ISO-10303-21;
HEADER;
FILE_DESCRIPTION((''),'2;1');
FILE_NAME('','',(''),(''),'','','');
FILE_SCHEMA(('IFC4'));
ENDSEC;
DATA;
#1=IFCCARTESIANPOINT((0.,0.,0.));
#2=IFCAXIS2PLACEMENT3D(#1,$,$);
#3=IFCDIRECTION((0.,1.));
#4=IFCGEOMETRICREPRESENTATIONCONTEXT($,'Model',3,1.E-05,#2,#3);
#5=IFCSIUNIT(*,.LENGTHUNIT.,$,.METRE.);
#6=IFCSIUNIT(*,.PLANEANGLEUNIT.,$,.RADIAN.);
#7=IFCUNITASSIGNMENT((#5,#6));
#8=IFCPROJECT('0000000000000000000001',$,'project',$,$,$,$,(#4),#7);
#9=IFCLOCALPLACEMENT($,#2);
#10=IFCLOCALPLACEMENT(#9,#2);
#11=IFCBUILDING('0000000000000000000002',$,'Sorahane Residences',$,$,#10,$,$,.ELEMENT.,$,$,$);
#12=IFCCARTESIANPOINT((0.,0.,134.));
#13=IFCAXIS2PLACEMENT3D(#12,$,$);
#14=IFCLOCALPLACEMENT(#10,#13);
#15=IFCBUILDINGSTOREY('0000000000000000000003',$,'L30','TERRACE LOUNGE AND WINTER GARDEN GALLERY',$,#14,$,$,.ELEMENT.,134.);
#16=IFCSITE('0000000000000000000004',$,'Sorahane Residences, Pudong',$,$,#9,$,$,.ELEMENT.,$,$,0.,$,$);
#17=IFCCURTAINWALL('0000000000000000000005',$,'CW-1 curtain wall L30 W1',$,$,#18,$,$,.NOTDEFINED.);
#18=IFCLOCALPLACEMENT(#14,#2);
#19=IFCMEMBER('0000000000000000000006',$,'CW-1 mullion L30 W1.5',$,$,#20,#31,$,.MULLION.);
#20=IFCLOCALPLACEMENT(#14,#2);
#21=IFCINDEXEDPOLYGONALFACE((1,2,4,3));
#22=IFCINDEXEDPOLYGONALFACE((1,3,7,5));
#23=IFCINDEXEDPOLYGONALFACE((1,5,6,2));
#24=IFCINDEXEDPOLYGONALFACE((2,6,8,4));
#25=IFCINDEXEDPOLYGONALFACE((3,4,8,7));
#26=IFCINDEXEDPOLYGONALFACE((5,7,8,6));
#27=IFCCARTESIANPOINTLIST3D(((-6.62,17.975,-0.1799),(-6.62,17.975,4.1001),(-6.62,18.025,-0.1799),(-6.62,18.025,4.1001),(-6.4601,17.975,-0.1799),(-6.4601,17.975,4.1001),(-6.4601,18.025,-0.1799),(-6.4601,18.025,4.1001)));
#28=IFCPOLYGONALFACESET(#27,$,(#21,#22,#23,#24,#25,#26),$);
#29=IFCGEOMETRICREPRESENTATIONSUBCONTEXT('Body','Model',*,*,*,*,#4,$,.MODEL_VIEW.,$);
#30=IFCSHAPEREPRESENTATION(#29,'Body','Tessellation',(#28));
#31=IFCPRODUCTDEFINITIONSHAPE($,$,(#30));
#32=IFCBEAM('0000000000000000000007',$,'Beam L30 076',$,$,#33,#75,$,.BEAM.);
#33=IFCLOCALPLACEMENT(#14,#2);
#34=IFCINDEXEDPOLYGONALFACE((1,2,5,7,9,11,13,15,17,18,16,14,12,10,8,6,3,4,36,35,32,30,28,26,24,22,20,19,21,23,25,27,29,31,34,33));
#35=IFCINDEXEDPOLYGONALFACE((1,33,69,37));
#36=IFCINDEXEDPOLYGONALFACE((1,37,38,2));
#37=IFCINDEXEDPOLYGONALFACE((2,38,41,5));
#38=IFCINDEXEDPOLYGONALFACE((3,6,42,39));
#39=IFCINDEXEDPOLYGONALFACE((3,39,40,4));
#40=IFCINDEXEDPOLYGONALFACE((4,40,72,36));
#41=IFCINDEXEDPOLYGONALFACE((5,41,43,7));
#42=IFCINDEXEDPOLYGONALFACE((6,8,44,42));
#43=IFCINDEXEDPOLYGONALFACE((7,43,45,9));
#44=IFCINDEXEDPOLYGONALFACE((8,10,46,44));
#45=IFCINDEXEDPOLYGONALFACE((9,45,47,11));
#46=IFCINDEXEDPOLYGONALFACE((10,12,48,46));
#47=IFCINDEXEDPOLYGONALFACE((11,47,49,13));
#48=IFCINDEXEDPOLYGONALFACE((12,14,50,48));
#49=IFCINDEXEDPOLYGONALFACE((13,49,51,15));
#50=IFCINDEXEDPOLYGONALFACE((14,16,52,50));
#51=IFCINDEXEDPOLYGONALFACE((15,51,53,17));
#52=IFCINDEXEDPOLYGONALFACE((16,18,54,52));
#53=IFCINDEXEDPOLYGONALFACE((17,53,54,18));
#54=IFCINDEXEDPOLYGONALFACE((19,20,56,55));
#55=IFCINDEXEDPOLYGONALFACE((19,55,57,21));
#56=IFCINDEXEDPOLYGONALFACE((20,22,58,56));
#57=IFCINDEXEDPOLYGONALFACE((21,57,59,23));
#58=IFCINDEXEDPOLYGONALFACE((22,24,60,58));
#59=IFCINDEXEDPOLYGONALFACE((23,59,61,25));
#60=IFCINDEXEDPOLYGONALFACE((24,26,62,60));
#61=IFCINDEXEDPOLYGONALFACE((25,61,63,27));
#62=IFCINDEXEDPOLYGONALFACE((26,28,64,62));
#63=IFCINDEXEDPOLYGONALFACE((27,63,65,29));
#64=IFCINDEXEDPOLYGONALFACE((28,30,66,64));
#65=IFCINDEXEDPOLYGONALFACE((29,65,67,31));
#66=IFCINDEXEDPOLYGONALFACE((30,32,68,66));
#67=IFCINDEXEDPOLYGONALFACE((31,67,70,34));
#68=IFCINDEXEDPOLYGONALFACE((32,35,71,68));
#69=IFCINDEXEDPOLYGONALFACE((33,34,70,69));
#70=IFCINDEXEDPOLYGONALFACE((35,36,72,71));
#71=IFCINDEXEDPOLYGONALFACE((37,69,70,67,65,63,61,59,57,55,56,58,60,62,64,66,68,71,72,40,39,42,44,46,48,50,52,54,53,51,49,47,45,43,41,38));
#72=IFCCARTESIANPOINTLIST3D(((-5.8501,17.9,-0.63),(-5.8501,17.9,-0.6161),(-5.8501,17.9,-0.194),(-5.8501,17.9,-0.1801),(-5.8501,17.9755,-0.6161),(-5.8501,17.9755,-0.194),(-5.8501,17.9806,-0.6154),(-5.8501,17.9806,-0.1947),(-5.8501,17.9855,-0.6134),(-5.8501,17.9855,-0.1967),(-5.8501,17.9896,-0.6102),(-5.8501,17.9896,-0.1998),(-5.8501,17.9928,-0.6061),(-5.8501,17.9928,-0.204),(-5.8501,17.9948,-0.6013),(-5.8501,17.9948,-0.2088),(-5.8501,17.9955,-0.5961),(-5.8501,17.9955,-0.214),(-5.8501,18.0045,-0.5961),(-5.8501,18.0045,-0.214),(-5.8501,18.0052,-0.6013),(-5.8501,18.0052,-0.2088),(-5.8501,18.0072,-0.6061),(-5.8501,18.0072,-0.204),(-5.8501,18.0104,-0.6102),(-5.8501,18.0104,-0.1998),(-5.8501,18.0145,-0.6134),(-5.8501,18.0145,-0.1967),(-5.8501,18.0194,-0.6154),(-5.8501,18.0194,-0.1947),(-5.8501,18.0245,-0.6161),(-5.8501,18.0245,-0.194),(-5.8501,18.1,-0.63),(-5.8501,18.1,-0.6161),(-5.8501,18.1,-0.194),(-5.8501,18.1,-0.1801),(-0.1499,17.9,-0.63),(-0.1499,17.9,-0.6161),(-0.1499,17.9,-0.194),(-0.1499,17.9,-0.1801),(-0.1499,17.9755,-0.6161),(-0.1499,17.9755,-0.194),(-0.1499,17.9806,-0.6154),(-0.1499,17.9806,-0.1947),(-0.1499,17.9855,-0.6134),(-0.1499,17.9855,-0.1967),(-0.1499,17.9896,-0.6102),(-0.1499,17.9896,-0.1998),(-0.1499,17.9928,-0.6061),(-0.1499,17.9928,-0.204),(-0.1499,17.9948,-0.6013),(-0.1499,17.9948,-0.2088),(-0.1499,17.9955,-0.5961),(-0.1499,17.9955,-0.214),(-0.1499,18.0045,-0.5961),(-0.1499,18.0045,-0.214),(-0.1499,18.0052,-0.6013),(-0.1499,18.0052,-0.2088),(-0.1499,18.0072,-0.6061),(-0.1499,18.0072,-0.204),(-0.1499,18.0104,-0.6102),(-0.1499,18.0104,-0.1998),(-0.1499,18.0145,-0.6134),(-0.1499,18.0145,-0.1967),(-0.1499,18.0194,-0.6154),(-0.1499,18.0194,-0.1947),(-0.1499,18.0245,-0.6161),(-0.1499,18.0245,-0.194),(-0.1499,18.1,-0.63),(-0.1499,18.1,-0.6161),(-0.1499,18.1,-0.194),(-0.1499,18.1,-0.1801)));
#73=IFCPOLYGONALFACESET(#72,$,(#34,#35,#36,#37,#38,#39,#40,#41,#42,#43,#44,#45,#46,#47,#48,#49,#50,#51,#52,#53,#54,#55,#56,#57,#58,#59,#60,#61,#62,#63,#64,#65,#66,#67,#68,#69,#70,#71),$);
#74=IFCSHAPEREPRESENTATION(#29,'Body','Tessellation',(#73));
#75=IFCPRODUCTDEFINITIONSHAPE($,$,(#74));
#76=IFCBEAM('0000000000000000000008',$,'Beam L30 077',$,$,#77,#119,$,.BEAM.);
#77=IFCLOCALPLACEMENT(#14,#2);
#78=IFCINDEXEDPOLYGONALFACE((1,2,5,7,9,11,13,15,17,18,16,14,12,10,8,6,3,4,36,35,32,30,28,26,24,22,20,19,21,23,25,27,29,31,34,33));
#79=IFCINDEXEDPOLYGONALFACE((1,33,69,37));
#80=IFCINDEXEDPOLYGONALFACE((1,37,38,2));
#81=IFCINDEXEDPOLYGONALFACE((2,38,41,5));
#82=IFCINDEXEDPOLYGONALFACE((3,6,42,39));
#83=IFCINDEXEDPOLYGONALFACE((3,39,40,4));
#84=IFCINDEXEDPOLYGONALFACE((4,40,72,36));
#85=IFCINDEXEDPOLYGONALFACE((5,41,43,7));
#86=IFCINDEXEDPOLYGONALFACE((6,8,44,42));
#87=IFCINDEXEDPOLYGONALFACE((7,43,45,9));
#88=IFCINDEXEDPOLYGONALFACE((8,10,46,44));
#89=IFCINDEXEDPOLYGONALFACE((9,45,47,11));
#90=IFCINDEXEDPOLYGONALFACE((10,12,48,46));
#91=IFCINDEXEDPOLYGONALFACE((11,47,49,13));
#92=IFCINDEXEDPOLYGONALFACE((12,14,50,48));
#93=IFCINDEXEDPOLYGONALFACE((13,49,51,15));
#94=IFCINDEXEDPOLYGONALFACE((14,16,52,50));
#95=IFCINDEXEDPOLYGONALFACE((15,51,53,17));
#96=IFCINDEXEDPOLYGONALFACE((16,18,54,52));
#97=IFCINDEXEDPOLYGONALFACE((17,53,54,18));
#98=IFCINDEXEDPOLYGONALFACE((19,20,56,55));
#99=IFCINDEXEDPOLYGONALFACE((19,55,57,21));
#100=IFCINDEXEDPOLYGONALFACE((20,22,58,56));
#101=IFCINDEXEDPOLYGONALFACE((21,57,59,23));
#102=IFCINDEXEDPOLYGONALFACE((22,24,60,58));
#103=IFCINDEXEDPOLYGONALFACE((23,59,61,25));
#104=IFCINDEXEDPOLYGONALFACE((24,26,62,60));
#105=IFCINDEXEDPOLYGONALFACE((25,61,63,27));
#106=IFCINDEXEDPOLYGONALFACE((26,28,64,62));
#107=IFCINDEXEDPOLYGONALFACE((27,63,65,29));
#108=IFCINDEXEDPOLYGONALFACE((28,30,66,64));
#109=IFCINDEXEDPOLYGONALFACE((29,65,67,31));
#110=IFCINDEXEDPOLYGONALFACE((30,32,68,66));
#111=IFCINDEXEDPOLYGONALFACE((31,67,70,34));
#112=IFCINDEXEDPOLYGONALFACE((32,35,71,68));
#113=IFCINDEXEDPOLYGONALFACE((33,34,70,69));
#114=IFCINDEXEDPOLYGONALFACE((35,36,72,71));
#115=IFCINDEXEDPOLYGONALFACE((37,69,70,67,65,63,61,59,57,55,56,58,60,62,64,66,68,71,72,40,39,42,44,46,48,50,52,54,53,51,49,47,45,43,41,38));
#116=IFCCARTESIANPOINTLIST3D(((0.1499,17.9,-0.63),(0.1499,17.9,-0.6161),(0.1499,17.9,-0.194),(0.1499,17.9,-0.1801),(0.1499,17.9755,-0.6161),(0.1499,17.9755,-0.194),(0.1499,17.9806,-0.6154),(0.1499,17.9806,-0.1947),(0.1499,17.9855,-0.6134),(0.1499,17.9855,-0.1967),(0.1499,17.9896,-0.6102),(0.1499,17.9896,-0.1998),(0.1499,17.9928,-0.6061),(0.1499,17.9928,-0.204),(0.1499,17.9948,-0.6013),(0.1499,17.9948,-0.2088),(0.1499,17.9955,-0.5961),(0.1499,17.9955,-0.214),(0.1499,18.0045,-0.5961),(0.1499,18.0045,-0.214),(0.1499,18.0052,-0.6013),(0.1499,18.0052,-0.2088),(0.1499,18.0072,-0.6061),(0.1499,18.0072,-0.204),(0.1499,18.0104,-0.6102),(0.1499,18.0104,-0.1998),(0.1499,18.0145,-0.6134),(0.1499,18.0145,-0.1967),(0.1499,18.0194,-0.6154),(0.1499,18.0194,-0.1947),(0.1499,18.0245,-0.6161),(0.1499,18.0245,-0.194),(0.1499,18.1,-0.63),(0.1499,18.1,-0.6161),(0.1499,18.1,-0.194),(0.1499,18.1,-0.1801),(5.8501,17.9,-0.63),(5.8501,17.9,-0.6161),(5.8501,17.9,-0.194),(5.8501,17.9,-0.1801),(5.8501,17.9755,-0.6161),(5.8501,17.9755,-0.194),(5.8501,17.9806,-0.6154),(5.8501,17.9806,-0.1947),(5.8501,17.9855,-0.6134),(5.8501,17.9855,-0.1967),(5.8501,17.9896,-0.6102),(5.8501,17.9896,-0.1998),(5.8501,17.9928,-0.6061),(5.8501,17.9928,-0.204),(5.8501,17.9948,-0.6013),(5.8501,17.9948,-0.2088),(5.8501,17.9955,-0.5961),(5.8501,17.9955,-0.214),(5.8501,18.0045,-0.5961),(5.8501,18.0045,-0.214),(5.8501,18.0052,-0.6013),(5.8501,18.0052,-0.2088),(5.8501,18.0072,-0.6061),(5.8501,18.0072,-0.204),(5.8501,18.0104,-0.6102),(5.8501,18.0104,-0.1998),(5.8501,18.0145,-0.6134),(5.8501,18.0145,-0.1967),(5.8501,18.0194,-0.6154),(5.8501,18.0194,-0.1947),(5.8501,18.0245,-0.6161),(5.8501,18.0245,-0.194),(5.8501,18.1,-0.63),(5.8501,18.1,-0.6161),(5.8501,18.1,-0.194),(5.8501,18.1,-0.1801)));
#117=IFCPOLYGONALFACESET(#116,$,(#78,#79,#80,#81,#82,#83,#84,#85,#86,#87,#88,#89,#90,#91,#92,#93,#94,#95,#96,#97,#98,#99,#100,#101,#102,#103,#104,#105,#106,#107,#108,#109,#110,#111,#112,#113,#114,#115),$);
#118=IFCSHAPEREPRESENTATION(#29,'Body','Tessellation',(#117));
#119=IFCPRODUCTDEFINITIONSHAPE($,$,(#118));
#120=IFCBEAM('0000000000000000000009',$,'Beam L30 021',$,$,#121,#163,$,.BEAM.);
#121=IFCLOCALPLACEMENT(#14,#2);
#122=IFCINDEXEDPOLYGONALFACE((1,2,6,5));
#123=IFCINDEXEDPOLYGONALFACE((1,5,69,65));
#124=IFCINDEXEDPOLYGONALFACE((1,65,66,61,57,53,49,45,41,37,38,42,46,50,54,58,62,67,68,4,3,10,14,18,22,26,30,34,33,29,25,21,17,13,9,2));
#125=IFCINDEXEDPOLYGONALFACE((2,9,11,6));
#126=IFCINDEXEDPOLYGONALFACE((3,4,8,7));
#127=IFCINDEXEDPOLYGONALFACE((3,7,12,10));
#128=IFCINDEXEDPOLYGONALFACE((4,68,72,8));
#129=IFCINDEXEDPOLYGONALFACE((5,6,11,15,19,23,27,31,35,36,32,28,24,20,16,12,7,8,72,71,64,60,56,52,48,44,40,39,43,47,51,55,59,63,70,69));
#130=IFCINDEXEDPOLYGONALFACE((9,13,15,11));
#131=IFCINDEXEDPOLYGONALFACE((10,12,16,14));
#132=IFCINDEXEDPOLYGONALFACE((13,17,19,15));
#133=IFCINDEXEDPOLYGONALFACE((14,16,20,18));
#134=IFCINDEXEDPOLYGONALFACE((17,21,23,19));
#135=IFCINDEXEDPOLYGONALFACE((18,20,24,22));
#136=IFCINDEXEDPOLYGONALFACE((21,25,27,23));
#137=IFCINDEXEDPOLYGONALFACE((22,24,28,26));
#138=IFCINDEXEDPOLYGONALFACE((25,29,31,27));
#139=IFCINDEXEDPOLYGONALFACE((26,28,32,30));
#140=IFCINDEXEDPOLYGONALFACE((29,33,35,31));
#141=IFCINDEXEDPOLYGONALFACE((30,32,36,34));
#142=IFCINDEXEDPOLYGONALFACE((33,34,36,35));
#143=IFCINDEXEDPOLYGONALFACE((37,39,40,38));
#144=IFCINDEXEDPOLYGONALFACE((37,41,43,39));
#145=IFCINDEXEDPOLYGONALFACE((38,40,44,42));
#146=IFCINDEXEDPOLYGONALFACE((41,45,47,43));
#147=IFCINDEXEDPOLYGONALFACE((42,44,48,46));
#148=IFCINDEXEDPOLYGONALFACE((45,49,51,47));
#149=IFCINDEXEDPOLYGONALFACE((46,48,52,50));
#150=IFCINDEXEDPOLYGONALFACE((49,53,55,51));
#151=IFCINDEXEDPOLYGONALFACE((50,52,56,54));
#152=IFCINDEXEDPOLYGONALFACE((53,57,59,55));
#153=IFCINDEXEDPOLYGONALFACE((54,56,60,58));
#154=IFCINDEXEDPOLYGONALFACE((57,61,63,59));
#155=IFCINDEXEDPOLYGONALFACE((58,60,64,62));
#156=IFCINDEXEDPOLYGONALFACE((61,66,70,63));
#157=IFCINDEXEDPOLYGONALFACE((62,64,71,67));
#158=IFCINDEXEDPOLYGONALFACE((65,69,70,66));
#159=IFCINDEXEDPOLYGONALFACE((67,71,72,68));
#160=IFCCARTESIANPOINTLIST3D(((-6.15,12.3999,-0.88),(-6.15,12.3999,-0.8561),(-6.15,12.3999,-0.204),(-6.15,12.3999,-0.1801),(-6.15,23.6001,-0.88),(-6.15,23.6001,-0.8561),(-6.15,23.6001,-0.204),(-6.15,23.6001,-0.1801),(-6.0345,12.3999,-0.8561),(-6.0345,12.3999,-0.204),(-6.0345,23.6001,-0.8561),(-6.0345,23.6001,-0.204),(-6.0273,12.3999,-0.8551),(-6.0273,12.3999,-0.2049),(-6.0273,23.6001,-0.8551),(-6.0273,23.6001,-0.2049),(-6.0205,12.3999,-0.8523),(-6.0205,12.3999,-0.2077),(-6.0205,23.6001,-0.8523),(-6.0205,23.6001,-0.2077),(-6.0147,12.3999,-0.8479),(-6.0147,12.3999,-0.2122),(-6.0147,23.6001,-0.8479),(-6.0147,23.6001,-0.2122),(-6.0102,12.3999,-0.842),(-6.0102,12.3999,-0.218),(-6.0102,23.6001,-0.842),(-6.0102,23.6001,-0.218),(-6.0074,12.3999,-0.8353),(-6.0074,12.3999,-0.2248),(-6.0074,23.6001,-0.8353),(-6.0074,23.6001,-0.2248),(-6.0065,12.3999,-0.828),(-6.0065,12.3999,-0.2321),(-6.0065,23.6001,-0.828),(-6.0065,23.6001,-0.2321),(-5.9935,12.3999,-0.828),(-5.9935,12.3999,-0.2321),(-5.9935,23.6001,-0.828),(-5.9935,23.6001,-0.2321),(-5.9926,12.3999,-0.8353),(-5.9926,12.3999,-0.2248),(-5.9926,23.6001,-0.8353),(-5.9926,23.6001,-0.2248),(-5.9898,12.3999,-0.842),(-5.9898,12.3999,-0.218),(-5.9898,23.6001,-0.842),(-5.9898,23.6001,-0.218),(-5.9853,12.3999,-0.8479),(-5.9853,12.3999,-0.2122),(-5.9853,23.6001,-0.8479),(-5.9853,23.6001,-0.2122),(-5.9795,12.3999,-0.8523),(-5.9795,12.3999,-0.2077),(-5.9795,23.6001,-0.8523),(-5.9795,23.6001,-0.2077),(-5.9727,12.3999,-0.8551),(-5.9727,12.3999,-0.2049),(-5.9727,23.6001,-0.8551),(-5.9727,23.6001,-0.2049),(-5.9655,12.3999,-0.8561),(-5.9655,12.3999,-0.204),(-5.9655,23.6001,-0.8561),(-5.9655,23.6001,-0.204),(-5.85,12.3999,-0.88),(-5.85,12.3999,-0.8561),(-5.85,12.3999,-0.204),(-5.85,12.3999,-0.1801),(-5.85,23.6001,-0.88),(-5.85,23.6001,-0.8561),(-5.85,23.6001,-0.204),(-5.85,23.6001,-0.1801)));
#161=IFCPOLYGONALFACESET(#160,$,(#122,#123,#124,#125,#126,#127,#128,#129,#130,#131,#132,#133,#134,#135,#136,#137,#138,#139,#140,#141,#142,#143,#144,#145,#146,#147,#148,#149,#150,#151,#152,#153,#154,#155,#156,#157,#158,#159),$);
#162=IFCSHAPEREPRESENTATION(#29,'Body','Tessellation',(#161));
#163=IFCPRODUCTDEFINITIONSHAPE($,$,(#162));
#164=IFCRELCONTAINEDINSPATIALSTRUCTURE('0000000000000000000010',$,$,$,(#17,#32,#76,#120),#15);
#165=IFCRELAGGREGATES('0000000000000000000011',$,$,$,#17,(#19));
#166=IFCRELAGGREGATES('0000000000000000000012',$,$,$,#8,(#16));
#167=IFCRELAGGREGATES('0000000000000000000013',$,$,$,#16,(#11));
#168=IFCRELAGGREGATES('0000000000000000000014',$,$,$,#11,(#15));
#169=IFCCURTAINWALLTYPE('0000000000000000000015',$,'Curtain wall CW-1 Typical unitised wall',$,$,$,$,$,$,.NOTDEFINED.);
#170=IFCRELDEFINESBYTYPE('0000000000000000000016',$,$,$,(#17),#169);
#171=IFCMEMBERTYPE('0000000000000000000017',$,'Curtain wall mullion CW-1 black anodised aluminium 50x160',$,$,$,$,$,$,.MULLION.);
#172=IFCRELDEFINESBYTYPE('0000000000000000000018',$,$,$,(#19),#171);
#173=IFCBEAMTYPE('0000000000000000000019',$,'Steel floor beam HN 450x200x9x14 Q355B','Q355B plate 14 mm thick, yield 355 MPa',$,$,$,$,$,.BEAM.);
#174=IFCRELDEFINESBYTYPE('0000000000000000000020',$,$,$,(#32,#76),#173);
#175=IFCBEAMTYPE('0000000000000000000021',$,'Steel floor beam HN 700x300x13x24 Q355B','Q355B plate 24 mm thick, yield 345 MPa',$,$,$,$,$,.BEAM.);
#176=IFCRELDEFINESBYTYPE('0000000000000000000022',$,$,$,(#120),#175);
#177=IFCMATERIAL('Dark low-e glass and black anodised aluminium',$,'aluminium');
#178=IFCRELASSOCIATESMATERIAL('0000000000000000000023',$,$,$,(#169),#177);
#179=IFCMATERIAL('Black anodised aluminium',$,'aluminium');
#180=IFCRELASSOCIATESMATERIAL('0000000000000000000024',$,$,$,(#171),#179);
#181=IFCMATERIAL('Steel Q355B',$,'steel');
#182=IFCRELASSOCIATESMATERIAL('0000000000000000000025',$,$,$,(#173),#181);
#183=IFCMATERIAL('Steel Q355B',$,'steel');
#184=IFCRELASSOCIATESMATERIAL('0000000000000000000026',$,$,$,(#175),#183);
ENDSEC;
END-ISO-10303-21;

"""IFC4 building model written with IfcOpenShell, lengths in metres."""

from ifc_helpers import new_model, si_unit, direction, frame, origin, origin_2d, place, context, subcontext, project, spatial, rectangle, i_section, extrude, material, material_profile, profile_set, type_object, element, aggregate, save


model = new_model("IFC4")

# Units and contexts
model_context = context("Model", 3, precision=1e-05, world=origin(), true_north=direction((0.0, 1.0)))
body_context = subcontext(model_context, "Body", "Model", "MODEL_VIEW")
ifc_project = project(units=[si_unit("LENGTHUNIT", "METRE"), si_unit("PLANEANGLEUNIT", "RADIAN")], contexts=[model_context])

# Site, building, storey
site_placement = place(None, origin())
site = spatial("IfcSite", under=ifc_project, at=site_placement, Name="Sorahane Residences, Pudong", CompositionType="ELEMENT", RefElevation=0.0)
building_placement = place(site_placement, origin())
building = spatial("IfcBuilding", under=site, at=building_placement, Name="Sorahane Residences", CompositionType="ELEMENT")
storey_placement = place(building_placement, frame((0.0, 0.0, 134.0)))
storey = spatial("IfcBuildingStorey", under=building, at=storey_placement, Name="L30", Description="TERRACE LOUNGE AND WINTER GARDEN GALLERY", CompositionType="ELEMENT", Elevation=134.0)

# Curtain wall, member
ifc_material_1 = material(Name="Dark low-e glass and black anodised aluminium", Category="aluminium")
curtain_wall_type = type_object("IfcCurtainWallType", Name="Curtain wall CW-1 Typical unitised wall", PredefinedType="NOTDEFINED", material=ifc_material_1)
curtain_wall_placement = place(storey_placement, origin())
curtain_wall = element("IfcCurtainWall", 1, at=curtain_wall_placement, inside=storey, type_object=curtain_wall_type, Name="CW-1 curtain wall L30 W1", PredefinedType="NOTDEFINED")
ifc_material_2 = material(Name="Black anodised aluminium", Category="aluminium")
ifc_material_profile_1 = material_profile(ifc_material_2, rectangle(XDim=0.1599, YDim=0.05, at=origin_2d()), Name="Curtain wall mullion CW-1 black anodised aluminium 50x160")
ifc_profile_set_1 = profile_set([ifc_material_profile_1], Name="Black anodised aluminium")
member_type = type_object("IfcMemberType", Name="Curtain wall mullion CW-1 black anodised aluminium 50x160", PredefinedType="MULLION", material=ifc_profile_set_1)
member_placement = place(storey_placement, frame((-6.54, 18.0, -0.1799), z_axis=(0.0, 0.0, 1.0), x_axis=(-1.0, 0.0, 0.0)))
member = element("IfcMember", 2, at=member_placement, type_object=member_type, Name="CW-1 mullion L30 W1.5", PredefinedType="MULLION", context=body_context, shape_type="SweptSolid", body=[
    extrude(rectangle(XDim=0.1599, YDim=0.05, at=origin_2d()), origin(), (0.0, 0.0, 1.0), 4.28),
])

# Beams
ifc_material_3 = material(Name="Steel Q355B", Category="steel")
ifc_material_profile_2 = material_profile(ifc_material_3, i_section(OverallWidth=0.2, OverallDepth=0.45, WebThickness=0.009, FlangeThickness=0.0139, FilletRadius=0.02, at=origin_2d()), Name="HN 450x200x9x14")
ifc_profile_set_2 = profile_set([ifc_material_profile_2], Name="Steel Q355B")
beam_type_1 = type_object("IfcBeamType", Name="Steel floor beam HN 450x200x9x14 Q355B", Description="Q355B plate 14 mm thick, yield 355 MPa", PredefinedType="BEAM", material=ifc_profile_set_2)
for number, where, z_axis, x_axis, name in (
    (3, (-5.8501, 18.0, -0.405), (1.0, 0.0, 0.0), (0.0, 1.0, 0.0), "Beam L30 076"),
    (4, (0.1499, 18.0, -0.405), (1.0, 0.0, 0.0), (0.0, 1.0, 0.0), "Beam L30 077"),
):
    element("IfcBeam", number, at=place(storey_placement, frame(where, z_axis=z_axis, x_axis=x_axis)), inside=storey, type_object=beam_type_1, Name=name, PredefinedType="BEAM", context=body_context, shape_type="SweptSolid", body=[
        extrude(i_section(OverallWidth=0.2, OverallDepth=0.45, WebThickness=0.009, FlangeThickness=0.0139, FilletRadius=0.02, at=origin_2d()), origin(), (0.0, 0.0, 1.0), 5.7002),
    ])
ifc_material_4 = material(Name="Steel Q355B", Category="steel")
ifc_material_profile_3 = material_profile(ifc_material_4, i_section(OverallWidth=0.3, OverallDepth=0.7, WebThickness=0.0129, FlangeThickness=0.0239, FilletRadius=0.0281, at=origin_2d()), Name="HN 700x300x13x24")
ifc_profile_set_3 = profile_set([ifc_material_profile_3], Name="Steel Q355B")
beam_type_2 = type_object("IfcBeamType", Name="Steel floor beam HN 700x300x13x24 Q355B", Description="Q355B plate 24 mm thick, yield 345 MPa", PredefinedType="BEAM", material=ifc_profile_set_3)
beam_1_placement = place(storey_placement, frame((-6.0, 12.3999, -0.53), z_axis=(0.0, 1.0, 0.0), x_axis=(-1.0, 0.0, 0.0)))
element("IfcBeam", 5, at=beam_1_placement, inside=storey, type_object=beam_type_2, Name="Beam L30 021", PredefinedType="BEAM", context=body_context, shape_type="SweptSolid", body=[
    extrude(i_section(OverallWidth=0.3, OverallDepth=0.7, WebThickness=0.0129, FlangeThickness=0.0239, FilletRadius=0.0281, at=origin_2d()), origin(), (0.0, 0.0, 1.0), 11.2002),
])

aggregate(curtain_wall, [member])

save(model, "model.ifc")
